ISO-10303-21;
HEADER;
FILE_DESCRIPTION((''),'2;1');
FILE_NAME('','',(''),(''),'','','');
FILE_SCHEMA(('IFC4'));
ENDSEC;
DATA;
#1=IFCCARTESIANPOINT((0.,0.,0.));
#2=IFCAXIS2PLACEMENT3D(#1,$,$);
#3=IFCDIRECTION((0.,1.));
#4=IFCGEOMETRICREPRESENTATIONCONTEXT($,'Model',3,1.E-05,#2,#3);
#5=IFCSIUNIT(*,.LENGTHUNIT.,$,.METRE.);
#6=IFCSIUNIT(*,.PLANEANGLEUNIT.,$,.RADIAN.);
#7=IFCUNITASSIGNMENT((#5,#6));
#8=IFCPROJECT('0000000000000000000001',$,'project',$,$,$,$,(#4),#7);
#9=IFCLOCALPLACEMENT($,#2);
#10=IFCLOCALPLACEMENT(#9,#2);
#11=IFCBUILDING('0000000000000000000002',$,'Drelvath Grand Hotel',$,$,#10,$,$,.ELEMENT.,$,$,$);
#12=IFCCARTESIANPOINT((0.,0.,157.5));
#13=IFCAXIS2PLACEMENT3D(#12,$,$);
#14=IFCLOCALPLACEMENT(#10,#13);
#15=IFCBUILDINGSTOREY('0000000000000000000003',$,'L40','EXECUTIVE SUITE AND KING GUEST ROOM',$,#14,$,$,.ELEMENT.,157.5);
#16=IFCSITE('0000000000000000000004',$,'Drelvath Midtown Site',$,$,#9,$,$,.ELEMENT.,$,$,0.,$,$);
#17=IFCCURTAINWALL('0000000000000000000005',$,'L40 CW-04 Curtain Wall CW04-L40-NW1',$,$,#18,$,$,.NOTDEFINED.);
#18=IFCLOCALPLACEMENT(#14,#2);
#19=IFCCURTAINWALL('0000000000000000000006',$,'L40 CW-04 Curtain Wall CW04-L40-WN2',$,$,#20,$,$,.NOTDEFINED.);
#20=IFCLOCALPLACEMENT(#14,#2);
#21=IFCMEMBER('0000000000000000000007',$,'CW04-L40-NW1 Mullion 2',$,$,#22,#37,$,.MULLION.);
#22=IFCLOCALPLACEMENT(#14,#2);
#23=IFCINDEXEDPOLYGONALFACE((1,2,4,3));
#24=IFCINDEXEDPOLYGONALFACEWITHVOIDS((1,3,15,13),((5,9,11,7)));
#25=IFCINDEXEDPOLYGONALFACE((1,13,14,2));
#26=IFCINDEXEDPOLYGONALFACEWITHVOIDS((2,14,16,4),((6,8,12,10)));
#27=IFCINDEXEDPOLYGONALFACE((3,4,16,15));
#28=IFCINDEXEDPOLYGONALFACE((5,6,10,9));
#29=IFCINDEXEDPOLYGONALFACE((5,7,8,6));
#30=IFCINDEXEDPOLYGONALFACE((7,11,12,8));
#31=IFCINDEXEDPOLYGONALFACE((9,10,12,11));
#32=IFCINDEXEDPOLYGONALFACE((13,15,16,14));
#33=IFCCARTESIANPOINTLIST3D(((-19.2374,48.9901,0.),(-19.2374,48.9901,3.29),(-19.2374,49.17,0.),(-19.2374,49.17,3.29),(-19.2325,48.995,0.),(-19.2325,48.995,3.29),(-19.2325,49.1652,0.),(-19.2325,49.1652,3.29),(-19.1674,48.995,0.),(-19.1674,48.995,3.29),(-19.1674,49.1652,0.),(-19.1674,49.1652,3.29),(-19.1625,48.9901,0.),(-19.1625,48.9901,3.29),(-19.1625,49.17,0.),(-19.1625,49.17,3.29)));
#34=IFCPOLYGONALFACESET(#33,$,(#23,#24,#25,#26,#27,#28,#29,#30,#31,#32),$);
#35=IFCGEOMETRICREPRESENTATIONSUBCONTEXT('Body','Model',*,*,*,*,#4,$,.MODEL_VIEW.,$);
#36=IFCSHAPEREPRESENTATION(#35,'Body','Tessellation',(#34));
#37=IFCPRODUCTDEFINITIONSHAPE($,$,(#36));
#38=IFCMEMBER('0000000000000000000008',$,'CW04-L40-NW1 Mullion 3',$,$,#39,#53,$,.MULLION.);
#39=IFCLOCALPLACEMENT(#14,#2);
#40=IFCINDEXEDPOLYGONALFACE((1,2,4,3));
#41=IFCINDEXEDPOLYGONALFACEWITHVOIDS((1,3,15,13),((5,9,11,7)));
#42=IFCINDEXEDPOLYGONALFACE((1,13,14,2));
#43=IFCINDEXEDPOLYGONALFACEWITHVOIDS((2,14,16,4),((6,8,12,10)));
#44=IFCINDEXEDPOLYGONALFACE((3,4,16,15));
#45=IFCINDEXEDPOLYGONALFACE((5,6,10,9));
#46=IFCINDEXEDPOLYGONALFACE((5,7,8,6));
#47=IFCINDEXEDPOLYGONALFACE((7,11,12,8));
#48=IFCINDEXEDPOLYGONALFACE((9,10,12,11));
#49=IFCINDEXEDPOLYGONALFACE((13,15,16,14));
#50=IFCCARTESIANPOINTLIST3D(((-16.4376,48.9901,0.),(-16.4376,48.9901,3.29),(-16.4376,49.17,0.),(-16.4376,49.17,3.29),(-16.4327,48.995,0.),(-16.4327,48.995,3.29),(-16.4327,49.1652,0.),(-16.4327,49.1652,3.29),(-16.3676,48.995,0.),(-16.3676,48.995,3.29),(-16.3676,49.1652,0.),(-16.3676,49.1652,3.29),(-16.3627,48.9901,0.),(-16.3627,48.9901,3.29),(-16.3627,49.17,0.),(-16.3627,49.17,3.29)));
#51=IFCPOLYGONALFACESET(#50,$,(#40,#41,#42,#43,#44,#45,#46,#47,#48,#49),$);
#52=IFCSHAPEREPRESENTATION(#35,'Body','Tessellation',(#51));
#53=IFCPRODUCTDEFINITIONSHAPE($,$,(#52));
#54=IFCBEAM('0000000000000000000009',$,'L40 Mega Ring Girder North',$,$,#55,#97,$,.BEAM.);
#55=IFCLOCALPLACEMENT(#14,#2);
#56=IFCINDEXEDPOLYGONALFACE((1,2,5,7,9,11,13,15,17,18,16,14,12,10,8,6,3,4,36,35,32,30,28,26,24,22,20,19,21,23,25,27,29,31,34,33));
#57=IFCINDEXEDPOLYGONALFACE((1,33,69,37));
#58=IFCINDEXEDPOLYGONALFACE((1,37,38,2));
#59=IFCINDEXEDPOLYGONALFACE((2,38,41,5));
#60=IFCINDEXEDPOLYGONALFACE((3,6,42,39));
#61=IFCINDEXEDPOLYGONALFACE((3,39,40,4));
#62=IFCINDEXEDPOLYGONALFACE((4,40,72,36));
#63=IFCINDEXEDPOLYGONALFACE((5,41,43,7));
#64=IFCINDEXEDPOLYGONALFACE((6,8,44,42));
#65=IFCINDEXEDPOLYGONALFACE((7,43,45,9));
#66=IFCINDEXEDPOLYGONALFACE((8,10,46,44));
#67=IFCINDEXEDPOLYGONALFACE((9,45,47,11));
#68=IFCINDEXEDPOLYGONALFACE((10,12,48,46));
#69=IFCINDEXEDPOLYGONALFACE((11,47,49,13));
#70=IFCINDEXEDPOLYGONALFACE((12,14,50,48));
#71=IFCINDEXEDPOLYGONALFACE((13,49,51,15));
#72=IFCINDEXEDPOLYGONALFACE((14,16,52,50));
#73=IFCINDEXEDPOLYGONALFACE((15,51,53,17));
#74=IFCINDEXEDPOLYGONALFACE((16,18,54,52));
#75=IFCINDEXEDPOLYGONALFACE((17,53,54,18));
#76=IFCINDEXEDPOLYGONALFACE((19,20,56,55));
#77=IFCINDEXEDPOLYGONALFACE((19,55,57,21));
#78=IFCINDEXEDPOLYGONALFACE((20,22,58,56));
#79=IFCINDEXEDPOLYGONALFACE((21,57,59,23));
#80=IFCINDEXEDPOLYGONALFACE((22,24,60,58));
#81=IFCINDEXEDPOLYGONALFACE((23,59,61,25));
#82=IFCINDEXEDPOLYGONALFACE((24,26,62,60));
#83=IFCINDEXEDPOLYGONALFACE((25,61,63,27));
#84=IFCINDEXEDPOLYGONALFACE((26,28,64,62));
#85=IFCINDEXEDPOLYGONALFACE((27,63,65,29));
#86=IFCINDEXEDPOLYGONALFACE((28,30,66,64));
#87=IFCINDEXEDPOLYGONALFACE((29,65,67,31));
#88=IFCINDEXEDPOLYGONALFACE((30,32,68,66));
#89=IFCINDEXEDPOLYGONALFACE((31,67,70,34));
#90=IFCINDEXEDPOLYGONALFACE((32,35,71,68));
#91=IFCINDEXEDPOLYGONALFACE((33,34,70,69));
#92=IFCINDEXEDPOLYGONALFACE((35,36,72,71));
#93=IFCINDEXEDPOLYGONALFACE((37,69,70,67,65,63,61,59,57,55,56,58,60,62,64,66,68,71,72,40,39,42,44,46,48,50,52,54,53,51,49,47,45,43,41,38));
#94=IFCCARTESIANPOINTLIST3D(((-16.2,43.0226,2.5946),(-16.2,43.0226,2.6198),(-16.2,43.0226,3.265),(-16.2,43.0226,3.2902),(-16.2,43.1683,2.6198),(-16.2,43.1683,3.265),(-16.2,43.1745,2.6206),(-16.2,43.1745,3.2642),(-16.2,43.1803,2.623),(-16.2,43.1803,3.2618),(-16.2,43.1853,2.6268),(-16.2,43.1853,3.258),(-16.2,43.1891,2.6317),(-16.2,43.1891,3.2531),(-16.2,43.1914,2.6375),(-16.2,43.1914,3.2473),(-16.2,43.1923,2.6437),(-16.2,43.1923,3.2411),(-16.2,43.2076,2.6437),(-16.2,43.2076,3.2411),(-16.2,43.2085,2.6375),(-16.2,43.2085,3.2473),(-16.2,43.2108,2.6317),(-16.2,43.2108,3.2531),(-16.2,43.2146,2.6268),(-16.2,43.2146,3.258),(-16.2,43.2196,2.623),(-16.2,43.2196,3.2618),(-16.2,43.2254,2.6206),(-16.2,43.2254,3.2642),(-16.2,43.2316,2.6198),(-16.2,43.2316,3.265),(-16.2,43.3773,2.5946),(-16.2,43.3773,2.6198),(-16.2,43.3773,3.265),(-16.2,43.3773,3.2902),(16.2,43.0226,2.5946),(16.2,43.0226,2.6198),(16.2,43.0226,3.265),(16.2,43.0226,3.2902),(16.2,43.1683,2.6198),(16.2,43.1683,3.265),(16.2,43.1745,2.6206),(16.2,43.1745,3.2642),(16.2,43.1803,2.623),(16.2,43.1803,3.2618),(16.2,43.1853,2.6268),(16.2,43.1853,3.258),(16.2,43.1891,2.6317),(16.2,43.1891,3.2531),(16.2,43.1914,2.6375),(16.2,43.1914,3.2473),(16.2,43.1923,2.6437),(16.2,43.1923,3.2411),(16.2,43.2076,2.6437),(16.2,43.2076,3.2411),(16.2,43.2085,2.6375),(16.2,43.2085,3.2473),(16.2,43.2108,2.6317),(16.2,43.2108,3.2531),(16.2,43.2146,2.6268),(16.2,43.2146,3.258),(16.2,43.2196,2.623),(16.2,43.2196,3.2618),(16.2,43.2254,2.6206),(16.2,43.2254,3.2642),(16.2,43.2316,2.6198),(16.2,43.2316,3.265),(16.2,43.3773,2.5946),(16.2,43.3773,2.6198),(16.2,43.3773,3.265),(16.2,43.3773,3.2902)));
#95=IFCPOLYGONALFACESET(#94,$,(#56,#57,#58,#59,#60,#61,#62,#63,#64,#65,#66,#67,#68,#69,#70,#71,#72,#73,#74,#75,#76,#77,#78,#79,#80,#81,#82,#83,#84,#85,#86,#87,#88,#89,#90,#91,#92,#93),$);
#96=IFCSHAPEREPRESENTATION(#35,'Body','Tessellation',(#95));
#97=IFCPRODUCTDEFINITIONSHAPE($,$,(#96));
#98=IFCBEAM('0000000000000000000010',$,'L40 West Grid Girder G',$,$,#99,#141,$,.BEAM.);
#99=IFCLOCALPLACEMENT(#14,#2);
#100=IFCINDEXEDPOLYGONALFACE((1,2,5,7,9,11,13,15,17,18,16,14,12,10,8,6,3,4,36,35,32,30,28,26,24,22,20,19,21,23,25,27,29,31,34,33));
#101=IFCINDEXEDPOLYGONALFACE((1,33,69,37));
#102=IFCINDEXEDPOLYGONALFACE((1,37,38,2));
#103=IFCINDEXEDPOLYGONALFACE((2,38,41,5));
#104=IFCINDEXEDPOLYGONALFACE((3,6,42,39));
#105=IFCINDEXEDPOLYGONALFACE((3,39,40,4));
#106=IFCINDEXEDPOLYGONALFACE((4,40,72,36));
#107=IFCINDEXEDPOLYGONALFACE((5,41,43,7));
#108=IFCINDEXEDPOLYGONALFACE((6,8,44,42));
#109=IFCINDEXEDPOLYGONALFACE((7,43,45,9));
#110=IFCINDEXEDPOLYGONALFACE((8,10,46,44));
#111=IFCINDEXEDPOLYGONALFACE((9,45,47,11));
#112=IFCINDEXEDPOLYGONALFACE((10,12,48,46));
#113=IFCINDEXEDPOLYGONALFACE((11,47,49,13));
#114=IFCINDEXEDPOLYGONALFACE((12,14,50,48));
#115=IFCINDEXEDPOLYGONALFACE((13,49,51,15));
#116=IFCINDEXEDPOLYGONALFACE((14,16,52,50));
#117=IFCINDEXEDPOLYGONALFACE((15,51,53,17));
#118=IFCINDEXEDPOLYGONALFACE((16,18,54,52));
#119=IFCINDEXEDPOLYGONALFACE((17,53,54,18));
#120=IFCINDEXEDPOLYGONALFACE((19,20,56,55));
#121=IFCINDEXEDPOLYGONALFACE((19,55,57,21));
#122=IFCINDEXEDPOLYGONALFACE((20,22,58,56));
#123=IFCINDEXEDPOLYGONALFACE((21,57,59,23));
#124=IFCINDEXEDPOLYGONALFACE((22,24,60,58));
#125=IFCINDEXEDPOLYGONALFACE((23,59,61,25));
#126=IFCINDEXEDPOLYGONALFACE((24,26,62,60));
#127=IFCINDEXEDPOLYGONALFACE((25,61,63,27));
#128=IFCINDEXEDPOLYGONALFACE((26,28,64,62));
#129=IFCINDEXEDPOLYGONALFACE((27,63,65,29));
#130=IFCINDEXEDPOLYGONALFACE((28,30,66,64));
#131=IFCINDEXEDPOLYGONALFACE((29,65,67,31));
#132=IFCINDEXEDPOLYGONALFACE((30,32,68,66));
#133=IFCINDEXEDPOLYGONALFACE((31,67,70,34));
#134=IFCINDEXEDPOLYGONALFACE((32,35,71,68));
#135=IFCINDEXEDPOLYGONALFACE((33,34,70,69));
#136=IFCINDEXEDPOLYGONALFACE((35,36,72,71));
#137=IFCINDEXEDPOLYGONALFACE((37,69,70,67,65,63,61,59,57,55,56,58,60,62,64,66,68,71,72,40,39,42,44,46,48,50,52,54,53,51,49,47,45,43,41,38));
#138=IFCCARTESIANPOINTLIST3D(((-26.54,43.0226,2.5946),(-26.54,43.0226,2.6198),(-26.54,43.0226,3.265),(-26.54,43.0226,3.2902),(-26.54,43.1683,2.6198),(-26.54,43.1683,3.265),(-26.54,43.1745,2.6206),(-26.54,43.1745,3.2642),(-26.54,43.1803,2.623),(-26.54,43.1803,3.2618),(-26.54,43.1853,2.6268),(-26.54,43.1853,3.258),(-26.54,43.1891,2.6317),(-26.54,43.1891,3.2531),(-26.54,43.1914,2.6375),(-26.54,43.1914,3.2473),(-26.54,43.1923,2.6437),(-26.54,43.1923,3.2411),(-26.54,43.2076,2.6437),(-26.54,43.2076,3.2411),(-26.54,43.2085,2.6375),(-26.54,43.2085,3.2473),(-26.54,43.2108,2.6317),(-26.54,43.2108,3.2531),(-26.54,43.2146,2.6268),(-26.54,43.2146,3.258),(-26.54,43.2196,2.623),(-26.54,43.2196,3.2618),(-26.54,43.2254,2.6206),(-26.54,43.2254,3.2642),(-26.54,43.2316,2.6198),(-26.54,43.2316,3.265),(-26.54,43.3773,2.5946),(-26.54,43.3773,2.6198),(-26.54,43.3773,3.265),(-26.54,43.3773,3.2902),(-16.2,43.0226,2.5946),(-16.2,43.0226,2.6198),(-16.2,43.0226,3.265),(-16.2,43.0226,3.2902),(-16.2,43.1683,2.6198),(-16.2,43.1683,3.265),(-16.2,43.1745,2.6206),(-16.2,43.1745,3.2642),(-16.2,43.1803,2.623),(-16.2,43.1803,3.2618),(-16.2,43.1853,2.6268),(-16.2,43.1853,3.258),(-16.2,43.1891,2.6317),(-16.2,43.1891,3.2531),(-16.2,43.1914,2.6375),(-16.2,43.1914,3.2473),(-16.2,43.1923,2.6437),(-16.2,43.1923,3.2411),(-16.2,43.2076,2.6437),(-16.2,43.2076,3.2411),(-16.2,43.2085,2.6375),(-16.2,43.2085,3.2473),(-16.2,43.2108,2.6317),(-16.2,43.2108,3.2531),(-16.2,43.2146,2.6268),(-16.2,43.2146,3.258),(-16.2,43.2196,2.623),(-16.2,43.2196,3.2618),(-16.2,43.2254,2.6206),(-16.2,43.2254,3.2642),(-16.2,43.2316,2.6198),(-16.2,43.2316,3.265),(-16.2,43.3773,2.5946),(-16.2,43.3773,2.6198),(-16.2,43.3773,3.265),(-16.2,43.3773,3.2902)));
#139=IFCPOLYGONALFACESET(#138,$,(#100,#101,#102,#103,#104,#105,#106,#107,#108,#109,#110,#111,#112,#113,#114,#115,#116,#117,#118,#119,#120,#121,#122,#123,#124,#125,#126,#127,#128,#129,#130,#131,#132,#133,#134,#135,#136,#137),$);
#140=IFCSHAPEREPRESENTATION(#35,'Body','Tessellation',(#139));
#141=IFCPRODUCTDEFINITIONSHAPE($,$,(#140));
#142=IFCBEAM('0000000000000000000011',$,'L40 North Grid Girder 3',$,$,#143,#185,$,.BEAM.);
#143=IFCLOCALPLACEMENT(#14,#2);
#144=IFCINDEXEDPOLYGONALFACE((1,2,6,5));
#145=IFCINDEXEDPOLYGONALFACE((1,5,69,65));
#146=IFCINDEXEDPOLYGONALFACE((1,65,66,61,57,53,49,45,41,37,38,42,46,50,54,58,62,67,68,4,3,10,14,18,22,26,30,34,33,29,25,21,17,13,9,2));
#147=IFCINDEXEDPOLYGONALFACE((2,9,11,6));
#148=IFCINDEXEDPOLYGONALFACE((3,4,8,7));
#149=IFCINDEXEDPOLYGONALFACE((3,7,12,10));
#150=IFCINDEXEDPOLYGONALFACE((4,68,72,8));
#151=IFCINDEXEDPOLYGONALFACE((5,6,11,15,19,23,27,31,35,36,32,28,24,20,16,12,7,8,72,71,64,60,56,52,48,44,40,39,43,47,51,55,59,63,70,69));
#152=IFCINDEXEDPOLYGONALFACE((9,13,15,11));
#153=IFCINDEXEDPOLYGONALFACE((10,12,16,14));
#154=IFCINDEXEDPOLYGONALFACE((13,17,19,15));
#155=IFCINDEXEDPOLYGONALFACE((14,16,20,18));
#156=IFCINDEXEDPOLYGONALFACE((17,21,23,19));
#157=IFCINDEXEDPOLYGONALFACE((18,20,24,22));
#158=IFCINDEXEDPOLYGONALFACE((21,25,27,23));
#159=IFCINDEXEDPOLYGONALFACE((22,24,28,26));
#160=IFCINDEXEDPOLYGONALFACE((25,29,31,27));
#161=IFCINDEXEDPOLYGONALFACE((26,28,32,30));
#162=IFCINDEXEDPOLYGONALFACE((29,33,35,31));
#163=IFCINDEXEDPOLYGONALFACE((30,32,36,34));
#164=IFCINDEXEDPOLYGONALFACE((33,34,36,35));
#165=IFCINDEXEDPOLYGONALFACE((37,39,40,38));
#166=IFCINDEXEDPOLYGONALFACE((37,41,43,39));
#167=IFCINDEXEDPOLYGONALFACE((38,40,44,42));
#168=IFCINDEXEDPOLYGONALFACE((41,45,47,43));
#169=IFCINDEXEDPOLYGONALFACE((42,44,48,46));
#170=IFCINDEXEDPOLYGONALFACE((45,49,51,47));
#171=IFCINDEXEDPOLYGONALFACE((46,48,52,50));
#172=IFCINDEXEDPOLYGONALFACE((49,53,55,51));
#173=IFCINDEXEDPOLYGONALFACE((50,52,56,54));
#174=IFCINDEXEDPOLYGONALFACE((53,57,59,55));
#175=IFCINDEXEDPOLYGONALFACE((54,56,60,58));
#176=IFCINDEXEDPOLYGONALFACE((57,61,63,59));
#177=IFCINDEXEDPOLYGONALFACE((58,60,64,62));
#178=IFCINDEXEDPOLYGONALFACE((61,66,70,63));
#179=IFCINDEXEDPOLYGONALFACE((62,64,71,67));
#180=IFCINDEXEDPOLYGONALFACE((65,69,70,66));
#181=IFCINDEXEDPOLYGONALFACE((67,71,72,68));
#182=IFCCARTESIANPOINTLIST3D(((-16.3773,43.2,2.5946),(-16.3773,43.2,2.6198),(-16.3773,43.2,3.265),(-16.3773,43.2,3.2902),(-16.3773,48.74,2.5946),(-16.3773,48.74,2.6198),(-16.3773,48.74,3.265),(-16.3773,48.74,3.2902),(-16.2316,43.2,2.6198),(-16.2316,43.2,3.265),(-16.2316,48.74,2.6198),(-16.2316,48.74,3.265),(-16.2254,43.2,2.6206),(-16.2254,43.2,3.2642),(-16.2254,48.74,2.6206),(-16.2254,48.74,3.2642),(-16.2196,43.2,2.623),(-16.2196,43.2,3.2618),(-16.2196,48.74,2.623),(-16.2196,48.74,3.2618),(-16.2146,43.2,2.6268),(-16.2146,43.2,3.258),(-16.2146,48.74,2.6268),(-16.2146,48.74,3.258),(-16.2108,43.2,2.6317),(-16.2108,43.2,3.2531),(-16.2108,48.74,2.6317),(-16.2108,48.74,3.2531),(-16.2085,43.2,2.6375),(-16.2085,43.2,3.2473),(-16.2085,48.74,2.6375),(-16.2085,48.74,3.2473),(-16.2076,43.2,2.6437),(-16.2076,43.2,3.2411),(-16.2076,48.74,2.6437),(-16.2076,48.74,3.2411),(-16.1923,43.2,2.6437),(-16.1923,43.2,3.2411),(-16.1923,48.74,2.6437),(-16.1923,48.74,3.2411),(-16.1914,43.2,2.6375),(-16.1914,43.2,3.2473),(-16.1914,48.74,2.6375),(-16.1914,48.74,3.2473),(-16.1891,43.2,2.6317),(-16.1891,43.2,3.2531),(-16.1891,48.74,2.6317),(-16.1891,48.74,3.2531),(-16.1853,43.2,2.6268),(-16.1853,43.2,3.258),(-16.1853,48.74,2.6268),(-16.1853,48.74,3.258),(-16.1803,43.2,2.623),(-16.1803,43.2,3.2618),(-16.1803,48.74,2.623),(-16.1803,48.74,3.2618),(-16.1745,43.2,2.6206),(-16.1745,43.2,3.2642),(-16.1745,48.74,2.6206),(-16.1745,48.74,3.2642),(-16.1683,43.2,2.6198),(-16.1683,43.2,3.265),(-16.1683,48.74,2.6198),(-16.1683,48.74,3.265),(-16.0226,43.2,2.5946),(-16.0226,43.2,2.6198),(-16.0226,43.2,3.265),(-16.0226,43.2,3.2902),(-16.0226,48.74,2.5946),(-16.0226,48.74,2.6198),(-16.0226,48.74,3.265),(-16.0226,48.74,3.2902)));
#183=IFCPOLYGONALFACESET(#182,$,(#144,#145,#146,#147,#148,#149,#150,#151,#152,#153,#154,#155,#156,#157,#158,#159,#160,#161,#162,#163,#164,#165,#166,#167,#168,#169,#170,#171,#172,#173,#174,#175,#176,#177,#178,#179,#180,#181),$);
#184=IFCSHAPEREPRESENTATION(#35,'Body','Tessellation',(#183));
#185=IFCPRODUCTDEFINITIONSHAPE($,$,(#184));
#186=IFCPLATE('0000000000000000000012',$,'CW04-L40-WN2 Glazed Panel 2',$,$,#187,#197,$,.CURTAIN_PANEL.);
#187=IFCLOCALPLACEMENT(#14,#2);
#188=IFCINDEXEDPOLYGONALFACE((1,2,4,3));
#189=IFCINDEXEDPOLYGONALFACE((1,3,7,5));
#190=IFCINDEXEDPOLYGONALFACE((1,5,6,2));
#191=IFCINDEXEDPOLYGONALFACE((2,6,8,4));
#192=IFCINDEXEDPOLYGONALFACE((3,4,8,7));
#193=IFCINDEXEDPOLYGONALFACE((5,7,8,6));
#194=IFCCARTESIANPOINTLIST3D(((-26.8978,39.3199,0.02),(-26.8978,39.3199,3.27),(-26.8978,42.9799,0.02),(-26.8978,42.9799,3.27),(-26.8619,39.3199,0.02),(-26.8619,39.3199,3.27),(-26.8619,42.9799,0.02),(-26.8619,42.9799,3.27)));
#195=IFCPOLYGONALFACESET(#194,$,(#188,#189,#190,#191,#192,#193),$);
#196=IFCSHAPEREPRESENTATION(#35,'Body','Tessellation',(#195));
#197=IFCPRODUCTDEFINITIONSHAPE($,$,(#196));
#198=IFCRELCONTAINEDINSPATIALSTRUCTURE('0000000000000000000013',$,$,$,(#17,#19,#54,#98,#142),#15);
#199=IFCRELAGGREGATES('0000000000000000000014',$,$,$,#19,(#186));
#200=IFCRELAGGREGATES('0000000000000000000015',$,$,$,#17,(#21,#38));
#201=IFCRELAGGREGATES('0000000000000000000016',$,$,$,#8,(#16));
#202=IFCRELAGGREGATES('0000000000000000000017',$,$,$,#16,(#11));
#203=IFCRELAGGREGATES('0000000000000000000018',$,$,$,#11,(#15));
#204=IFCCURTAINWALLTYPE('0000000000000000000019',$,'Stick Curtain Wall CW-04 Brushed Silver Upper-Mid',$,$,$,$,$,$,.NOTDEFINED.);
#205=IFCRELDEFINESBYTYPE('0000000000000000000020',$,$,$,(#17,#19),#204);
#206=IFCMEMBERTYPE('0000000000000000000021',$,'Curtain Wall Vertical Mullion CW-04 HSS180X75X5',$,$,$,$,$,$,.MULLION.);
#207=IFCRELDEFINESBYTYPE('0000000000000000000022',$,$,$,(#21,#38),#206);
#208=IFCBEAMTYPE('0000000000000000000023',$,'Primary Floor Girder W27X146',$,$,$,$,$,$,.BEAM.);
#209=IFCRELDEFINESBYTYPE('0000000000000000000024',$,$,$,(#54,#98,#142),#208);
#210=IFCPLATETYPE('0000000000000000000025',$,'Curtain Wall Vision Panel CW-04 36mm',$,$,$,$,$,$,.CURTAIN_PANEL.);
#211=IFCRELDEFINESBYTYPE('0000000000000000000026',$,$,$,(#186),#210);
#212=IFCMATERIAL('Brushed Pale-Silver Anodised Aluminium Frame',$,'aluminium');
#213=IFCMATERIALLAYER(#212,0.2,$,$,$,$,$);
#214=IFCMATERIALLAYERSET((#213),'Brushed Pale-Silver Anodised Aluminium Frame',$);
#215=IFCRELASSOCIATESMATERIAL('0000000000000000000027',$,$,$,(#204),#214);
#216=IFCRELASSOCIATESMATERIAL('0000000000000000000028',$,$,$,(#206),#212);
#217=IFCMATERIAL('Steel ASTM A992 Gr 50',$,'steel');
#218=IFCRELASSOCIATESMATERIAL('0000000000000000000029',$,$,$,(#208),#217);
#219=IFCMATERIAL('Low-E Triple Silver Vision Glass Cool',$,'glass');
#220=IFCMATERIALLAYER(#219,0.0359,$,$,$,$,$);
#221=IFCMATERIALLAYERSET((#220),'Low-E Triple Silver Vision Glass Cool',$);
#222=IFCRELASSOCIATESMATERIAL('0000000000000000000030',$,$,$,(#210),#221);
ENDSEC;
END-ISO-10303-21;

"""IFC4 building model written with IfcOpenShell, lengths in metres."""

from ifc_helpers import new_model, si_unit, direction, frame, origin, origin_2d, place, context, subcontext, project, spatial, rectangle, hollow_rectangle, i_section, extrude, material, layer, layer_set, material_profile, profile_set, type_object, element, aggregate, save


model = new_model("IFC4")

# Units and contexts
model_context = context("Model", 3, precision=1e-05, world=origin(), true_north=direction((0.0, 1.0)))
body_context = subcontext(model_context, "Body", "Model", "MODEL_VIEW")
ifc_project = project(units=[si_unit("LENGTHUNIT", "METRE"), si_unit("PLANEANGLEUNIT", "RADIAN")], contexts=[model_context])

# Site, building, storey
site_placement = place(None, origin())
site = spatial("IfcSite", under=ifc_project, at=site_placement, Name="Drelvath Midtown Site", CompositionType="ELEMENT", RefElevation=0.0)
building_placement = place(site_placement, origin())
building = spatial("IfcBuilding", under=site, at=building_placement, Name="Drelvath Grand Hotel", CompositionType="ELEMENT")
storey_placement = place(building_placement, frame((0.0, 0.0, 157.5)))
storey = spatial("IfcBuildingStorey", under=building, at=storey_placement, Name="L40", Description="EXECUTIVE SUITE AND KING GUEST ROOM", CompositionType="ELEMENT", Elevation=157.5)

# Shared definitions
ifc_material_1 = material(Name="Steel ASTM A992 Gr 50", Category="steel")

# Curtain wall
ifc_material_2 = material(Name="Brushed Pale-Silver Anodised Aluminium Frame", Category="aluminium")
ifc_layer_1 = layer(ifc_material_2, 0.2)
ifc_layer_set_1 = layer_set([ifc_layer_1], Name="Brushed Pale-Silver Anodised Aluminium Frame")
curtain_wall_type = type_object("IfcCurtainWallType", Name="Stick Curtain Wall CW-04 Brushed Silver Upper-Mid", PredefinedType="NOTDEFINED", material=ifc_layer_set_1)
curtain_wall_1_placement = place(storey_placement, origin())
curtain_wall_1 = element("IfcCurtainWall", 1, at=curtain_wall_1_placement, inside=storey, type_object=curtain_wall_type, Name="L40 CW-04 Curtain Wall CW04-L40-NW1", PredefinedType="NOTDEFINED")

# Curtain wall
curtain_wall_2_placement = place(storey_placement, origin())
curtain_wall_2 = element("IfcCurtainWall", 2, at=curtain_wall_2_placement, inside=storey, type_object=curtain_wall_type, Name="L40 CW-04 Curtain Wall CW04-L40-WN2", PredefinedType="NOTDEFINED")
ifc_material_profile_1 = material_profile(ifc_material_2, hollow_rectangle(XDim=0.075, YDim=0.1799, WallThickness=0.0049, at=origin_2d()), Name="HSS180X75X5")
ifc_profile_set_1 = profile_set([ifc_material_profile_1], Name="Brushed Pale-Silver Anodised Aluminium Frame")
member_type_1 = type_object("IfcMemberType", Name="Curtain Wall Vertical Mullion CW-04 HSS180X75X5", PredefinedType="MULLION", material=ifc_profile_set_1)

# Members
member_1_placement = place(storey_placement, frame((-19.2, 49.0801, 0.0), z_axis=(0.0, 0.0, 1.0), x_axis=(1.0, 0.0, 0.0)))
member_1 = element("IfcMember", 3, at=member_1_placement, type_object=member_type_1, Name="CW04-L40-NW1 Mullion 2", PredefinedType="MULLION", context=body_context, shape_type="SweptSolid", body=[
    extrude(hollow_rectangle(XDim=0.075, YDim=0.1799, WallThickness=0.0049, at=origin_2d()), origin(), (0.0, 0.0, 1.0), 3.29),
])
member_2_placement = place(storey_placement, frame((-16.4001, 49.0801, 0.0), z_axis=(0.0, 0.0, 1.0), x_axis=(1.0, 0.0, 0.0)))
member_2 = element("IfcMember", 4, at=member_2_placement, type_object=member_type_1, Name="CW04-L40-NW1 Mullion 3", PredefinedType="MULLION", context=body_context, shape_type="SweptSolid", body=[
    extrude(hollow_rectangle(XDim=0.075, YDim=0.1799, WallThickness=0.0049, at=origin_2d()), origin(), (0.0, 0.0, 1.0), 3.29),
])

# Beams
ifc_material_profile_2 = material_profile(ifc_material_1, i_section(OverallWidth=0.3547, OverallDepth=0.6956, WebThickness=0.0154, FlangeThickness=0.0251, FilletRadius=0.0239, at=origin_2d()), Name="W27X146")
ifc_profile_set_2 = profile_set([ifc_material_profile_2], Name="Steel ASTM A992 Gr 50")
beam_type_1 = type_object("IfcBeamType", Name="Primary Floor Girder W27X146", PredefinedType="BEAM", material=ifc_profile_set_2)
beam_1_placement = place(storey_placement, frame((-16.2, 43.2, 2.9424), z_axis=(1.0, 0.0, 0.0), x_axis=(0.0, 1.0, 0.0)))
element("IfcBeam", 5, at=beam_1_placement, inside=storey, type_object=beam_type_1, Name="L40 Mega Ring Girder North", PredefinedType="BEAM", context=body_context, shape_type="SweptSolid", body=[
    extrude(i_section(OverallWidth=0.3547, OverallDepth=0.6956, WebThickness=0.0154, FlangeThickness=0.0251, FilletRadius=0.0239, at=origin_2d()), origin(), (0.0, 0.0, 1.0), 32.3999),
])
beam_2_placement = place(storey_placement, frame((-26.54, 43.2, 2.9424), z_axis=(1.0, 0.0, 0.0), x_axis=(0.0, 1.0, 0.0)))
element("IfcBeam", 6, at=beam_2_placement, inside=storey, type_object=beam_type_1, Name="L40 West Grid Girder G", PredefinedType="BEAM", context=body_context, shape_type="SweptSolid", body=[
    extrude(i_section(OverallWidth=0.3547, OverallDepth=0.6956, WebThickness=0.0154, FlangeThickness=0.0251, FilletRadius=0.0239, at=origin_2d()), origin(), (0.0, 0.0, 1.0), 10.3401),
])
beam_3_placement = place(storey_placement, frame((-16.2, 43.2, 2.9424), z_axis=(0.0, 1.0, 0.0), x_axis=(-1.0, 0.0, 0.0)))
element("IfcBeam", 7, at=beam_3_placement, inside=storey, type_object=beam_type_1, Name="L40 North Grid Girder 3", PredefinedType="BEAM", context=body_context, shape_type="SweptSolid", body=[
    extrude(i_section(OverallWidth=0.3547, OverallDepth=0.6956, WebThickness=0.0154, FlangeThickness=0.0251, FilletRadius=0.0239, at=origin_2d()), origin(), (0.0, 0.0, 1.0), 5.54),
])

# Plate
ifc_material_3 = material(Name="Low-E Triple Silver Vision Glass Cool", Category="glass")
ifc_layer_2 = layer(ifc_material_3, 0.0359)
ifc_layer_set_2 = layer_set([ifc_layer_2], Name="Low-E Triple Silver Vision Glass Cool")
plate_type = type_object("IfcPlateType", Name="Curtain Wall Vision Panel CW-04 36mm", PredefinedType="CURTAIN_PANEL", material=ifc_layer_set_2)
plate_1_placement = place(storey_placement, frame((-26.8799, 41.1499, 0.02), z_axis=(0.0, 0.0, 1.0), x_axis=(0.0, 1.0, 0.0)))
plate_1 = element("IfcPlate", 8, at=plate_1_placement, type_object=plate_type, Name="CW04-L40-WN2 Glazed Panel 2", PredefinedType="CURTAIN_PANEL", context=body_context, shape_type="SweptSolid", body=[
    extrude(rectangle(XDim=3.6599, YDim=0.0359, at=origin_2d()), origin(), (0.0, 0.0, 1.0), 3.25),
])
aggregate(curtain_wall_2, [plate_1])
aggregate(curtain_wall_1, [member_1, member_2])

save(model, "model.ifc")
